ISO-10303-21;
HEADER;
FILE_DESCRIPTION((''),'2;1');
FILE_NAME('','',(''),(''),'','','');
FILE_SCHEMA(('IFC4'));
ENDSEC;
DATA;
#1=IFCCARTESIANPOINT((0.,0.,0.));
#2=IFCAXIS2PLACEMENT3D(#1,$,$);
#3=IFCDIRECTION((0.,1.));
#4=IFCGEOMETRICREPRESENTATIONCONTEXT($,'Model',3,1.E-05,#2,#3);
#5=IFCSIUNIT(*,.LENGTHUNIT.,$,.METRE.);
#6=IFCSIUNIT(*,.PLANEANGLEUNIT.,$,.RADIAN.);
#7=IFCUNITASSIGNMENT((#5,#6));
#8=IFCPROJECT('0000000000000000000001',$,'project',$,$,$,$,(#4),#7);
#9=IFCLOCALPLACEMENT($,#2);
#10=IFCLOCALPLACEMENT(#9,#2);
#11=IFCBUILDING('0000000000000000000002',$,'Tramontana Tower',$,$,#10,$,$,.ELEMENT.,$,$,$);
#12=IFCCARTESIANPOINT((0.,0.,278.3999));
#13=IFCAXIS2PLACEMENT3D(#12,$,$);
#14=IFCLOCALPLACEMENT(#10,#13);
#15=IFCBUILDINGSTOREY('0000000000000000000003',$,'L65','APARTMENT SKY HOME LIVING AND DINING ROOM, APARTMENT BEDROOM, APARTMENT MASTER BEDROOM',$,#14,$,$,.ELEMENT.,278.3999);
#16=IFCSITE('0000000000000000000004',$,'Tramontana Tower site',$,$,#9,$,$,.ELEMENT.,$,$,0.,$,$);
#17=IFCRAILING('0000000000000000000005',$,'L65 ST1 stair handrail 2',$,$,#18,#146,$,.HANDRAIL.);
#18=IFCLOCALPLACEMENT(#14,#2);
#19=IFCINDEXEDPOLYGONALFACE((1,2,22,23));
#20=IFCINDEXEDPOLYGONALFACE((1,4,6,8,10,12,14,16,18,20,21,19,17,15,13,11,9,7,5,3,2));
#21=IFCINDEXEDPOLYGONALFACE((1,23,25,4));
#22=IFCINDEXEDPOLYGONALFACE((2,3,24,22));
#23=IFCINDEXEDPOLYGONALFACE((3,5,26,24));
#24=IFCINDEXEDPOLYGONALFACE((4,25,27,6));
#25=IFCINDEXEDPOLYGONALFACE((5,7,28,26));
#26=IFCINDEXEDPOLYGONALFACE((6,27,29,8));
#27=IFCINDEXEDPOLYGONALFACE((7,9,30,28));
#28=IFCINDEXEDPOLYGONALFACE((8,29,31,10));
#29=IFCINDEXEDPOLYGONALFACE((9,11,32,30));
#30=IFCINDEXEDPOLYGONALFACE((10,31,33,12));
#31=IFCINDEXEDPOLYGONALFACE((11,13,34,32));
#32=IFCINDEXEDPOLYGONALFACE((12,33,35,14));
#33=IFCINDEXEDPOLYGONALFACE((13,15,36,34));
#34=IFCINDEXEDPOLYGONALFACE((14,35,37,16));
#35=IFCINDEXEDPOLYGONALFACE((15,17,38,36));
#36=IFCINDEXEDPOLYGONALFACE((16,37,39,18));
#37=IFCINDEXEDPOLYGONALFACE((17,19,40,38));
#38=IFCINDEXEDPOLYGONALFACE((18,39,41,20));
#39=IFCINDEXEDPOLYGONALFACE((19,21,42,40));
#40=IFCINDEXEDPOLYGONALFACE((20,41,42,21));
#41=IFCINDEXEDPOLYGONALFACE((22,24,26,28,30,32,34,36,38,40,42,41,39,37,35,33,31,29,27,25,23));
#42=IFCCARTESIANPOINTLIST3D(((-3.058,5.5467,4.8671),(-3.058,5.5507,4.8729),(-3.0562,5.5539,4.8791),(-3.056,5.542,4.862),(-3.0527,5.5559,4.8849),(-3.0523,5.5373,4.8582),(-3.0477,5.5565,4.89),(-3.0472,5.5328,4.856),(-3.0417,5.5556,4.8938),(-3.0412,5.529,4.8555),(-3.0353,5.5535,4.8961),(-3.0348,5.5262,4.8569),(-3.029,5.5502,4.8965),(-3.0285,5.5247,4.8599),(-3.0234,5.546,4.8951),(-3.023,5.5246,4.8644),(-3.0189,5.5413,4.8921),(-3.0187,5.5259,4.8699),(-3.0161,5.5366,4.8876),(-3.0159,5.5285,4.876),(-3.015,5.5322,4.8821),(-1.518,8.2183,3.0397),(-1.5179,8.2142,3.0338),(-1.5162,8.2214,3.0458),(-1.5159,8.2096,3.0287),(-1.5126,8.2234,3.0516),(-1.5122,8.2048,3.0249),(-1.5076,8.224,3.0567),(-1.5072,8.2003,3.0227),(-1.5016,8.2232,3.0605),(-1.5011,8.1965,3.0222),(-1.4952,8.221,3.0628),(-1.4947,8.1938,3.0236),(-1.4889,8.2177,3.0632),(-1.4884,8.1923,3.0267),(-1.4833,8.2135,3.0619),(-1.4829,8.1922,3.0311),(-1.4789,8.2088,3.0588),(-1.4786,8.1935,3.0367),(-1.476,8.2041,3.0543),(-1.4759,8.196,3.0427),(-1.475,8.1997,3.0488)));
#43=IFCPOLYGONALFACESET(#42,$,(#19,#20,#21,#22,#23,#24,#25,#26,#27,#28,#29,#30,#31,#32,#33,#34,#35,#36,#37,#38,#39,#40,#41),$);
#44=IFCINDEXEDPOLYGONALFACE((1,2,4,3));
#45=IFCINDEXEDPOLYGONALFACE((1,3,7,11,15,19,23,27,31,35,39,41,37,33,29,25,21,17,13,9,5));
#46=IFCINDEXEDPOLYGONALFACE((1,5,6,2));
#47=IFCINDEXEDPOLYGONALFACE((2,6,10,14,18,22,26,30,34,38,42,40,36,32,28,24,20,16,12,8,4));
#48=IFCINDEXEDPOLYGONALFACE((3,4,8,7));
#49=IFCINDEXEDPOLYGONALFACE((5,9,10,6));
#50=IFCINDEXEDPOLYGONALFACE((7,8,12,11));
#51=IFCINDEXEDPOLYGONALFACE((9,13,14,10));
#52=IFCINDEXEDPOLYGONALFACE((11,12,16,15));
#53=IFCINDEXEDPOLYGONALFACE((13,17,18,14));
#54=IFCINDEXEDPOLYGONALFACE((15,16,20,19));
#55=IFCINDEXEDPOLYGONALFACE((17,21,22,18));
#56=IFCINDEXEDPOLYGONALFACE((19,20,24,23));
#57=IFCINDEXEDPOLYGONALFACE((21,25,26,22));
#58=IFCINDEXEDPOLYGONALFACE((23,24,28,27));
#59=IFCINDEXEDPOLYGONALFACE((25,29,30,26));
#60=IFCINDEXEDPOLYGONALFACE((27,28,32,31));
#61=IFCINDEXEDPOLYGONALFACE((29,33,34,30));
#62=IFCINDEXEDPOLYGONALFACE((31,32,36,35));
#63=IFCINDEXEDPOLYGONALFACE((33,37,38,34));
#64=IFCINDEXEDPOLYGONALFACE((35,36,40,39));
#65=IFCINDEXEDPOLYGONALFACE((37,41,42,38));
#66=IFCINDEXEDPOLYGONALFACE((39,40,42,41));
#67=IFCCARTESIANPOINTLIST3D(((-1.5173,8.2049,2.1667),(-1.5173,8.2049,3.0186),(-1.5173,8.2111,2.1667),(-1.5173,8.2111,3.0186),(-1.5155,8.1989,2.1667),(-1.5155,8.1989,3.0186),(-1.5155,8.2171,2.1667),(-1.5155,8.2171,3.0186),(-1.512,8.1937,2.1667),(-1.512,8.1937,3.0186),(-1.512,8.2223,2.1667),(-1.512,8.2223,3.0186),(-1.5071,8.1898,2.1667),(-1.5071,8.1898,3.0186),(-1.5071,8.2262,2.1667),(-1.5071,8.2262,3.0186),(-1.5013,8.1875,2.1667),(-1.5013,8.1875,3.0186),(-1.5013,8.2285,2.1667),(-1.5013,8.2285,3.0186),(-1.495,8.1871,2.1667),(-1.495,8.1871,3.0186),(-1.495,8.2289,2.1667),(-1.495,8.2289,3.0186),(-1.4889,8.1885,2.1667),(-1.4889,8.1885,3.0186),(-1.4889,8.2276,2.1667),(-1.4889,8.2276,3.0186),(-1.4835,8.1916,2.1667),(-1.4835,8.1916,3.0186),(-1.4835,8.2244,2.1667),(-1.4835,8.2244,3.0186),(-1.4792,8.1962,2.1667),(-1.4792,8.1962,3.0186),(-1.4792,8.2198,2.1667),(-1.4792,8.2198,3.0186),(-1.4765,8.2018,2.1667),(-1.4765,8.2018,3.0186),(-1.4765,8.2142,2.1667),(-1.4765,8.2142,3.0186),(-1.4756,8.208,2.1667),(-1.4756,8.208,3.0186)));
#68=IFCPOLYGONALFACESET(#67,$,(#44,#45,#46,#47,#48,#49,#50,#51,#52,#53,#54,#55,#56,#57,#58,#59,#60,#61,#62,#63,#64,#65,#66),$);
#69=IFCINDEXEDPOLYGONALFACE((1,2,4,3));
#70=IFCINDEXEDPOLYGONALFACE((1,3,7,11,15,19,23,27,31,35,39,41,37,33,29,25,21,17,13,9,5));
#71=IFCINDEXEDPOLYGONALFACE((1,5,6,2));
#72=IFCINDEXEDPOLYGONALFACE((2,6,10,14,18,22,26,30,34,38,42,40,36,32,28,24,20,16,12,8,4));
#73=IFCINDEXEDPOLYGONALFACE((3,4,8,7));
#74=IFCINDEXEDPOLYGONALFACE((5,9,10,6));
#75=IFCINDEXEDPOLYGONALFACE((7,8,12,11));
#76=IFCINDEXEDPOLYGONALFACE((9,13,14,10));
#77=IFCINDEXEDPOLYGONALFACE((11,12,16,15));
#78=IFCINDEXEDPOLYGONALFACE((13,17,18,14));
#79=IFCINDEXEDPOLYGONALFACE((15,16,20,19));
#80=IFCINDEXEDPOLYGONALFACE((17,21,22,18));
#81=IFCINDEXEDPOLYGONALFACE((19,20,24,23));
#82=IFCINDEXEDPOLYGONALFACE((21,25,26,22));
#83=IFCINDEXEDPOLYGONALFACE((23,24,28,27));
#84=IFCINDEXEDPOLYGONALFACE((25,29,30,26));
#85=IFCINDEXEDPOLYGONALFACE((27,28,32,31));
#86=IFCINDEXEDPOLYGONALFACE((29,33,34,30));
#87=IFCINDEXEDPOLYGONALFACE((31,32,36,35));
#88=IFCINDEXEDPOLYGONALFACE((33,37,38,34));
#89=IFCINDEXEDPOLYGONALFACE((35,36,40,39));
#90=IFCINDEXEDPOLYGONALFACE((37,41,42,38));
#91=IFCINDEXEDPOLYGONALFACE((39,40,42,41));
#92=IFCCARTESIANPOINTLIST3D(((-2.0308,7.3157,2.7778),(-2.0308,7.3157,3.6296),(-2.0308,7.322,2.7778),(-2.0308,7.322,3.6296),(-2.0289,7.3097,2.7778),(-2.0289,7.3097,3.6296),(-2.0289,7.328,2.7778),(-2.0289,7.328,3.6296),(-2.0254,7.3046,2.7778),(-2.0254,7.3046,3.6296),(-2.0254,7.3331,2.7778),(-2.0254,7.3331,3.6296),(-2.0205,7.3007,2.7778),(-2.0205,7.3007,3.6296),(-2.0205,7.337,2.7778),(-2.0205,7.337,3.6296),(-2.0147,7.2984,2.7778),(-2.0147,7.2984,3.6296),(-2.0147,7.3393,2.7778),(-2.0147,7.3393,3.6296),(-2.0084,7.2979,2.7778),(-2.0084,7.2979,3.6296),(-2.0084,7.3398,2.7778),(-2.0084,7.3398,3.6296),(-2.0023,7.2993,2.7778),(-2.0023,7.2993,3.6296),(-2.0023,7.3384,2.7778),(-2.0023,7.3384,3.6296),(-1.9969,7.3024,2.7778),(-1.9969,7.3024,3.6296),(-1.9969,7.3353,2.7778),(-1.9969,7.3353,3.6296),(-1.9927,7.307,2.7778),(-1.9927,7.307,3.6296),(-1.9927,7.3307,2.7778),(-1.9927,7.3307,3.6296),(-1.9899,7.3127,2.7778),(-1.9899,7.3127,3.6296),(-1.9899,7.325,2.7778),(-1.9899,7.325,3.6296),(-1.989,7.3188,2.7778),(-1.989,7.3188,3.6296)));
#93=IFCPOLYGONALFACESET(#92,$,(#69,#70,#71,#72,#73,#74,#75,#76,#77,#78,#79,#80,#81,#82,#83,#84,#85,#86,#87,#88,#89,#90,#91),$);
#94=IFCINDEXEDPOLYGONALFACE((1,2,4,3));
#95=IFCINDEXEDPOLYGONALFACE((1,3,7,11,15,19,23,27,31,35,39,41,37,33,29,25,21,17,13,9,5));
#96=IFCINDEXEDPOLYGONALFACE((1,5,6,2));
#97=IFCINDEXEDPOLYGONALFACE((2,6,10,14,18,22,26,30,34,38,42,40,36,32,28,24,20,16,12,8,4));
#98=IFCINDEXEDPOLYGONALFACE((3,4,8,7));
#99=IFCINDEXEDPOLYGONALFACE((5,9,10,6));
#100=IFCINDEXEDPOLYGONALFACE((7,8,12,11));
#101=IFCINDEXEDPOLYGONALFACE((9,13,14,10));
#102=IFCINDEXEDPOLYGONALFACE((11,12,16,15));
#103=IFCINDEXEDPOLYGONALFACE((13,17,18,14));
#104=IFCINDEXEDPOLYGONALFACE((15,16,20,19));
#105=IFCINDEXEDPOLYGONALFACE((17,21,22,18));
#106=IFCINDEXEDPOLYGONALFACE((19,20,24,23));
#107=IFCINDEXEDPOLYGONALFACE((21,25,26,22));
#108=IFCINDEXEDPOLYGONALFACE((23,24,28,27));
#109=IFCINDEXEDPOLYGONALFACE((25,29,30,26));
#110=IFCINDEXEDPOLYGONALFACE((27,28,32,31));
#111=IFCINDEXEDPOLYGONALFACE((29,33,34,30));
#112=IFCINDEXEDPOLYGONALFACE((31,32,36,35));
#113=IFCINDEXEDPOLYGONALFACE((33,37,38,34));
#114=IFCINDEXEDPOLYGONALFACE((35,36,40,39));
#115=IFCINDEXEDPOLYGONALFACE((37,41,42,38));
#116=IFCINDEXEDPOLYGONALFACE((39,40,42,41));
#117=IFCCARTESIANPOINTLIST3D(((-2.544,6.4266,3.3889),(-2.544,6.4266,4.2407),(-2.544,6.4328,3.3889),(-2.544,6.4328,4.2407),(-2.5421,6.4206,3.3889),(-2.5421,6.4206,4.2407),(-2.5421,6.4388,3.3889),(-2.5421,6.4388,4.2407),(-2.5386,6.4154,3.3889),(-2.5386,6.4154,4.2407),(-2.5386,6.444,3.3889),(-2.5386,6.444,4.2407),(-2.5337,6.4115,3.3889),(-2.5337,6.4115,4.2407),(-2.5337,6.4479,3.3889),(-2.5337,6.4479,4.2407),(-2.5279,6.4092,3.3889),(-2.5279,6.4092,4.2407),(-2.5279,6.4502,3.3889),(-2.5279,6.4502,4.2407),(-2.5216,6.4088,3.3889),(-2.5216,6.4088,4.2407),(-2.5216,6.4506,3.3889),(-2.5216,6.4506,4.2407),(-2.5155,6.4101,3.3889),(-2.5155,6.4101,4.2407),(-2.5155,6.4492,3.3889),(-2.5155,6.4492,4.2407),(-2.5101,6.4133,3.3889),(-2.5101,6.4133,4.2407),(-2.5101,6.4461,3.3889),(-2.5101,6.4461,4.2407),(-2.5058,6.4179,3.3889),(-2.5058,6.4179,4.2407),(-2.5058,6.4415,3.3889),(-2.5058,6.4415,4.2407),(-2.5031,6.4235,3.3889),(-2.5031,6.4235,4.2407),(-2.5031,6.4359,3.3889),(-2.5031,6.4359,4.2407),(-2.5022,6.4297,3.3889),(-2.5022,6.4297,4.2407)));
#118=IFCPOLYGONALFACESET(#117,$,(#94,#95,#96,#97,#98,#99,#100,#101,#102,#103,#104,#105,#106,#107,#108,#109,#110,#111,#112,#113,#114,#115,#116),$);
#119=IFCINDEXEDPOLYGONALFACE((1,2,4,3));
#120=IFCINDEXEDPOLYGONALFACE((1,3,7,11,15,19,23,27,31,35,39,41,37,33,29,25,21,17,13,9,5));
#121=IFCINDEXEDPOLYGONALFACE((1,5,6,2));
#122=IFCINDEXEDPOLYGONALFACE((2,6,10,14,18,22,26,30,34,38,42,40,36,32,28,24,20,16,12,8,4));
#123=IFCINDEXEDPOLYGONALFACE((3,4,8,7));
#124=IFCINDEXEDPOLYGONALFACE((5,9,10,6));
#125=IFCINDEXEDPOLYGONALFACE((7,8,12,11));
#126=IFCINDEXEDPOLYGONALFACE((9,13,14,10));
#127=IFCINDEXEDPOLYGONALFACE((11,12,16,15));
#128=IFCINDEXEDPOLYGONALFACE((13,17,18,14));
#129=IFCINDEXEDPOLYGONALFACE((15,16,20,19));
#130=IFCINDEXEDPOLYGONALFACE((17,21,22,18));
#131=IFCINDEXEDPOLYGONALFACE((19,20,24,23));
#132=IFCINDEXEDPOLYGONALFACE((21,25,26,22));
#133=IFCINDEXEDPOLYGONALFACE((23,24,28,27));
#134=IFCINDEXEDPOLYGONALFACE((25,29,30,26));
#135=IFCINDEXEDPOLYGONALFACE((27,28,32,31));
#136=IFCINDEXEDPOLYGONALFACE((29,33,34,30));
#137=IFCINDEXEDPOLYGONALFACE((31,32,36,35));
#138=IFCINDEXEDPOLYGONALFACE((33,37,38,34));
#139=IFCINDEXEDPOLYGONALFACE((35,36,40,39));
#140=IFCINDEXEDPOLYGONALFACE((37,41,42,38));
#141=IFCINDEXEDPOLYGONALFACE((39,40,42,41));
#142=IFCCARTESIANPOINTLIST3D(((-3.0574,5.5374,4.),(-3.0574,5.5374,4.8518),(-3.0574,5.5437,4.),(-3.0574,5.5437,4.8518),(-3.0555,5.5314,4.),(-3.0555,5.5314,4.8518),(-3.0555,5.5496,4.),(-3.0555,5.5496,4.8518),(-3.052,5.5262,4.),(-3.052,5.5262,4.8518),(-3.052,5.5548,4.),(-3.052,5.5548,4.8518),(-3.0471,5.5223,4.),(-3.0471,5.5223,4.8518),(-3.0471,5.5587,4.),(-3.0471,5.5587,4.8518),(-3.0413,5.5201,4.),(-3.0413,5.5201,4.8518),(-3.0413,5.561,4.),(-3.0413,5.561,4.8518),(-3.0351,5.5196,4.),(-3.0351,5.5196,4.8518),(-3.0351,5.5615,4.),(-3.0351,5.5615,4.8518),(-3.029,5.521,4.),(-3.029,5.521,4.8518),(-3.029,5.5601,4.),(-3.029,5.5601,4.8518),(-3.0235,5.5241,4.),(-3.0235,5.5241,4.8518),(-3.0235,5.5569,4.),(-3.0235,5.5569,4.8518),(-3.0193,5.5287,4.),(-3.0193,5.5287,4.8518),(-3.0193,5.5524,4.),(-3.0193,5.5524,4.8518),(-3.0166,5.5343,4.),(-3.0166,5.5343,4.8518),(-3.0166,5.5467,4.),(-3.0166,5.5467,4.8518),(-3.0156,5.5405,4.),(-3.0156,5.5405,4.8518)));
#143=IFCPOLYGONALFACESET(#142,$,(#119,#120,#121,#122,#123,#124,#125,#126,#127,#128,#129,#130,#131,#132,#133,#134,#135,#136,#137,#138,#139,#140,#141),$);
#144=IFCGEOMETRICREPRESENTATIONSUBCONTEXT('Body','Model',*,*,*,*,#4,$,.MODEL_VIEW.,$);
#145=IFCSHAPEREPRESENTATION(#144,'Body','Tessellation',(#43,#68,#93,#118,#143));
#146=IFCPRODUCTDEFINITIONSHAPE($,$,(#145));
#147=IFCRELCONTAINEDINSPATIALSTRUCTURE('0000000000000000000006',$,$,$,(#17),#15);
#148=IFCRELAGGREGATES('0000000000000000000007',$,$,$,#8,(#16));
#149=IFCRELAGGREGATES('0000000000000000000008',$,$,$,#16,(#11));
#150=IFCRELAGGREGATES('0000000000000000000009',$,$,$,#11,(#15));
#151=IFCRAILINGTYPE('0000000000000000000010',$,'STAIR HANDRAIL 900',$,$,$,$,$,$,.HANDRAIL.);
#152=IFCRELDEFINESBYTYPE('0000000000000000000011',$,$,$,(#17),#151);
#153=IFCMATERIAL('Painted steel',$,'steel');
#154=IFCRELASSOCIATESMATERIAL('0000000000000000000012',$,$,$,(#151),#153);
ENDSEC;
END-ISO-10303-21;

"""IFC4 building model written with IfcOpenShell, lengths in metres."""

from ifc_helpers import new_model, si_unit, direction, frame, origin, origin_2d, place, context, subcontext, project, spatial, circle, extrude, material, type_object, element, save


model = new_model("IFC4")

# Units and contexts
model_context = context("Model", 3, precision=1e-05, world=origin(), true_north=direction((0.0, 1.0)))
body_context = subcontext(model_context, "Body", "Model", "MODEL_VIEW")
ifc_project = project(units=[si_unit("LENGTHUNIT", "METRE"), si_unit("PLANEANGLEUNIT", "RADIAN")], contexts=[model_context])

# Site, building, storey
site_placement = place(None, origin())
site = spatial("IfcSite", under=ifc_project, at=site_placement, Name="Tramontana Tower site", CompositionType="ELEMENT", RefElevation=0.0)
building_placement = place(site_placement, origin())
building = spatial("IfcBuilding", under=site, at=building_placement, Name="Tramontana Tower", CompositionType="ELEMENT")
storey_placement = place(building_placement, frame((0.0, 0.0, 278.3999)))
storey = spatial("IfcBuildingStorey", under=building, at=storey_placement, Name="L65", Description="APARTMENT SKY HOME LIVING AND DINING ROOM, APARTMENT BEDROOM, APARTMENT MASTER BEDROOM", CompositionType="ELEMENT", Elevation=278.3999)

# Railing
ifc_material_1 = material(Name="Painted steel", Category="steel")
railing_type_1 = type_object("IfcRailingType", Name="STAIR HANDRAIL 900", PredefinedType="HANDRAIL", material=ifc_material_1)
railing_1_placement = place(storey_placement, frame((-1.4966, 8.208, 2.1667)))
element("IfcRailing", 1, at=railing_1_placement, inside=storey, type_object=railing_type_1, Name="L65 ST1 stair handrail 2", PredefinedType="HANDRAIL", context=body_context, shape_type="SweptSolid", body=[
    extrude(circle(Radius=0.0239, at=origin_2d()), frame((0.0, 0.0, 0.876), z_axis=(-0.429649, -0.74419, 0.511452), x_axis=(0.86603, -0.499992, 0.0)), (0.0, 0.0, 1.0), 3.5845),
    extrude(circle(Radius=0.021, at=origin_2d()), origin(), (0.0, 0.0, 1.0), 0.8518),
    extrude(circle(Radius=0.021, at=origin_2d()), frame((-0.5134, -0.8892, 0.6111)), (0.0, 0.0, 1.0), 0.8518),
    extrude(circle(Radius=0.021, at=origin_2d()), frame((-1.0266, -1.7783, 1.2222)), (0.0, 0.0, 1.0), 0.8518),
    extrude(circle(Radius=0.021, at=origin_2d()), frame((-1.54, -2.6675, 1.8333)), (0.0, 0.0, 1.0), 0.8518),
])

save(model, "model.ifc")
